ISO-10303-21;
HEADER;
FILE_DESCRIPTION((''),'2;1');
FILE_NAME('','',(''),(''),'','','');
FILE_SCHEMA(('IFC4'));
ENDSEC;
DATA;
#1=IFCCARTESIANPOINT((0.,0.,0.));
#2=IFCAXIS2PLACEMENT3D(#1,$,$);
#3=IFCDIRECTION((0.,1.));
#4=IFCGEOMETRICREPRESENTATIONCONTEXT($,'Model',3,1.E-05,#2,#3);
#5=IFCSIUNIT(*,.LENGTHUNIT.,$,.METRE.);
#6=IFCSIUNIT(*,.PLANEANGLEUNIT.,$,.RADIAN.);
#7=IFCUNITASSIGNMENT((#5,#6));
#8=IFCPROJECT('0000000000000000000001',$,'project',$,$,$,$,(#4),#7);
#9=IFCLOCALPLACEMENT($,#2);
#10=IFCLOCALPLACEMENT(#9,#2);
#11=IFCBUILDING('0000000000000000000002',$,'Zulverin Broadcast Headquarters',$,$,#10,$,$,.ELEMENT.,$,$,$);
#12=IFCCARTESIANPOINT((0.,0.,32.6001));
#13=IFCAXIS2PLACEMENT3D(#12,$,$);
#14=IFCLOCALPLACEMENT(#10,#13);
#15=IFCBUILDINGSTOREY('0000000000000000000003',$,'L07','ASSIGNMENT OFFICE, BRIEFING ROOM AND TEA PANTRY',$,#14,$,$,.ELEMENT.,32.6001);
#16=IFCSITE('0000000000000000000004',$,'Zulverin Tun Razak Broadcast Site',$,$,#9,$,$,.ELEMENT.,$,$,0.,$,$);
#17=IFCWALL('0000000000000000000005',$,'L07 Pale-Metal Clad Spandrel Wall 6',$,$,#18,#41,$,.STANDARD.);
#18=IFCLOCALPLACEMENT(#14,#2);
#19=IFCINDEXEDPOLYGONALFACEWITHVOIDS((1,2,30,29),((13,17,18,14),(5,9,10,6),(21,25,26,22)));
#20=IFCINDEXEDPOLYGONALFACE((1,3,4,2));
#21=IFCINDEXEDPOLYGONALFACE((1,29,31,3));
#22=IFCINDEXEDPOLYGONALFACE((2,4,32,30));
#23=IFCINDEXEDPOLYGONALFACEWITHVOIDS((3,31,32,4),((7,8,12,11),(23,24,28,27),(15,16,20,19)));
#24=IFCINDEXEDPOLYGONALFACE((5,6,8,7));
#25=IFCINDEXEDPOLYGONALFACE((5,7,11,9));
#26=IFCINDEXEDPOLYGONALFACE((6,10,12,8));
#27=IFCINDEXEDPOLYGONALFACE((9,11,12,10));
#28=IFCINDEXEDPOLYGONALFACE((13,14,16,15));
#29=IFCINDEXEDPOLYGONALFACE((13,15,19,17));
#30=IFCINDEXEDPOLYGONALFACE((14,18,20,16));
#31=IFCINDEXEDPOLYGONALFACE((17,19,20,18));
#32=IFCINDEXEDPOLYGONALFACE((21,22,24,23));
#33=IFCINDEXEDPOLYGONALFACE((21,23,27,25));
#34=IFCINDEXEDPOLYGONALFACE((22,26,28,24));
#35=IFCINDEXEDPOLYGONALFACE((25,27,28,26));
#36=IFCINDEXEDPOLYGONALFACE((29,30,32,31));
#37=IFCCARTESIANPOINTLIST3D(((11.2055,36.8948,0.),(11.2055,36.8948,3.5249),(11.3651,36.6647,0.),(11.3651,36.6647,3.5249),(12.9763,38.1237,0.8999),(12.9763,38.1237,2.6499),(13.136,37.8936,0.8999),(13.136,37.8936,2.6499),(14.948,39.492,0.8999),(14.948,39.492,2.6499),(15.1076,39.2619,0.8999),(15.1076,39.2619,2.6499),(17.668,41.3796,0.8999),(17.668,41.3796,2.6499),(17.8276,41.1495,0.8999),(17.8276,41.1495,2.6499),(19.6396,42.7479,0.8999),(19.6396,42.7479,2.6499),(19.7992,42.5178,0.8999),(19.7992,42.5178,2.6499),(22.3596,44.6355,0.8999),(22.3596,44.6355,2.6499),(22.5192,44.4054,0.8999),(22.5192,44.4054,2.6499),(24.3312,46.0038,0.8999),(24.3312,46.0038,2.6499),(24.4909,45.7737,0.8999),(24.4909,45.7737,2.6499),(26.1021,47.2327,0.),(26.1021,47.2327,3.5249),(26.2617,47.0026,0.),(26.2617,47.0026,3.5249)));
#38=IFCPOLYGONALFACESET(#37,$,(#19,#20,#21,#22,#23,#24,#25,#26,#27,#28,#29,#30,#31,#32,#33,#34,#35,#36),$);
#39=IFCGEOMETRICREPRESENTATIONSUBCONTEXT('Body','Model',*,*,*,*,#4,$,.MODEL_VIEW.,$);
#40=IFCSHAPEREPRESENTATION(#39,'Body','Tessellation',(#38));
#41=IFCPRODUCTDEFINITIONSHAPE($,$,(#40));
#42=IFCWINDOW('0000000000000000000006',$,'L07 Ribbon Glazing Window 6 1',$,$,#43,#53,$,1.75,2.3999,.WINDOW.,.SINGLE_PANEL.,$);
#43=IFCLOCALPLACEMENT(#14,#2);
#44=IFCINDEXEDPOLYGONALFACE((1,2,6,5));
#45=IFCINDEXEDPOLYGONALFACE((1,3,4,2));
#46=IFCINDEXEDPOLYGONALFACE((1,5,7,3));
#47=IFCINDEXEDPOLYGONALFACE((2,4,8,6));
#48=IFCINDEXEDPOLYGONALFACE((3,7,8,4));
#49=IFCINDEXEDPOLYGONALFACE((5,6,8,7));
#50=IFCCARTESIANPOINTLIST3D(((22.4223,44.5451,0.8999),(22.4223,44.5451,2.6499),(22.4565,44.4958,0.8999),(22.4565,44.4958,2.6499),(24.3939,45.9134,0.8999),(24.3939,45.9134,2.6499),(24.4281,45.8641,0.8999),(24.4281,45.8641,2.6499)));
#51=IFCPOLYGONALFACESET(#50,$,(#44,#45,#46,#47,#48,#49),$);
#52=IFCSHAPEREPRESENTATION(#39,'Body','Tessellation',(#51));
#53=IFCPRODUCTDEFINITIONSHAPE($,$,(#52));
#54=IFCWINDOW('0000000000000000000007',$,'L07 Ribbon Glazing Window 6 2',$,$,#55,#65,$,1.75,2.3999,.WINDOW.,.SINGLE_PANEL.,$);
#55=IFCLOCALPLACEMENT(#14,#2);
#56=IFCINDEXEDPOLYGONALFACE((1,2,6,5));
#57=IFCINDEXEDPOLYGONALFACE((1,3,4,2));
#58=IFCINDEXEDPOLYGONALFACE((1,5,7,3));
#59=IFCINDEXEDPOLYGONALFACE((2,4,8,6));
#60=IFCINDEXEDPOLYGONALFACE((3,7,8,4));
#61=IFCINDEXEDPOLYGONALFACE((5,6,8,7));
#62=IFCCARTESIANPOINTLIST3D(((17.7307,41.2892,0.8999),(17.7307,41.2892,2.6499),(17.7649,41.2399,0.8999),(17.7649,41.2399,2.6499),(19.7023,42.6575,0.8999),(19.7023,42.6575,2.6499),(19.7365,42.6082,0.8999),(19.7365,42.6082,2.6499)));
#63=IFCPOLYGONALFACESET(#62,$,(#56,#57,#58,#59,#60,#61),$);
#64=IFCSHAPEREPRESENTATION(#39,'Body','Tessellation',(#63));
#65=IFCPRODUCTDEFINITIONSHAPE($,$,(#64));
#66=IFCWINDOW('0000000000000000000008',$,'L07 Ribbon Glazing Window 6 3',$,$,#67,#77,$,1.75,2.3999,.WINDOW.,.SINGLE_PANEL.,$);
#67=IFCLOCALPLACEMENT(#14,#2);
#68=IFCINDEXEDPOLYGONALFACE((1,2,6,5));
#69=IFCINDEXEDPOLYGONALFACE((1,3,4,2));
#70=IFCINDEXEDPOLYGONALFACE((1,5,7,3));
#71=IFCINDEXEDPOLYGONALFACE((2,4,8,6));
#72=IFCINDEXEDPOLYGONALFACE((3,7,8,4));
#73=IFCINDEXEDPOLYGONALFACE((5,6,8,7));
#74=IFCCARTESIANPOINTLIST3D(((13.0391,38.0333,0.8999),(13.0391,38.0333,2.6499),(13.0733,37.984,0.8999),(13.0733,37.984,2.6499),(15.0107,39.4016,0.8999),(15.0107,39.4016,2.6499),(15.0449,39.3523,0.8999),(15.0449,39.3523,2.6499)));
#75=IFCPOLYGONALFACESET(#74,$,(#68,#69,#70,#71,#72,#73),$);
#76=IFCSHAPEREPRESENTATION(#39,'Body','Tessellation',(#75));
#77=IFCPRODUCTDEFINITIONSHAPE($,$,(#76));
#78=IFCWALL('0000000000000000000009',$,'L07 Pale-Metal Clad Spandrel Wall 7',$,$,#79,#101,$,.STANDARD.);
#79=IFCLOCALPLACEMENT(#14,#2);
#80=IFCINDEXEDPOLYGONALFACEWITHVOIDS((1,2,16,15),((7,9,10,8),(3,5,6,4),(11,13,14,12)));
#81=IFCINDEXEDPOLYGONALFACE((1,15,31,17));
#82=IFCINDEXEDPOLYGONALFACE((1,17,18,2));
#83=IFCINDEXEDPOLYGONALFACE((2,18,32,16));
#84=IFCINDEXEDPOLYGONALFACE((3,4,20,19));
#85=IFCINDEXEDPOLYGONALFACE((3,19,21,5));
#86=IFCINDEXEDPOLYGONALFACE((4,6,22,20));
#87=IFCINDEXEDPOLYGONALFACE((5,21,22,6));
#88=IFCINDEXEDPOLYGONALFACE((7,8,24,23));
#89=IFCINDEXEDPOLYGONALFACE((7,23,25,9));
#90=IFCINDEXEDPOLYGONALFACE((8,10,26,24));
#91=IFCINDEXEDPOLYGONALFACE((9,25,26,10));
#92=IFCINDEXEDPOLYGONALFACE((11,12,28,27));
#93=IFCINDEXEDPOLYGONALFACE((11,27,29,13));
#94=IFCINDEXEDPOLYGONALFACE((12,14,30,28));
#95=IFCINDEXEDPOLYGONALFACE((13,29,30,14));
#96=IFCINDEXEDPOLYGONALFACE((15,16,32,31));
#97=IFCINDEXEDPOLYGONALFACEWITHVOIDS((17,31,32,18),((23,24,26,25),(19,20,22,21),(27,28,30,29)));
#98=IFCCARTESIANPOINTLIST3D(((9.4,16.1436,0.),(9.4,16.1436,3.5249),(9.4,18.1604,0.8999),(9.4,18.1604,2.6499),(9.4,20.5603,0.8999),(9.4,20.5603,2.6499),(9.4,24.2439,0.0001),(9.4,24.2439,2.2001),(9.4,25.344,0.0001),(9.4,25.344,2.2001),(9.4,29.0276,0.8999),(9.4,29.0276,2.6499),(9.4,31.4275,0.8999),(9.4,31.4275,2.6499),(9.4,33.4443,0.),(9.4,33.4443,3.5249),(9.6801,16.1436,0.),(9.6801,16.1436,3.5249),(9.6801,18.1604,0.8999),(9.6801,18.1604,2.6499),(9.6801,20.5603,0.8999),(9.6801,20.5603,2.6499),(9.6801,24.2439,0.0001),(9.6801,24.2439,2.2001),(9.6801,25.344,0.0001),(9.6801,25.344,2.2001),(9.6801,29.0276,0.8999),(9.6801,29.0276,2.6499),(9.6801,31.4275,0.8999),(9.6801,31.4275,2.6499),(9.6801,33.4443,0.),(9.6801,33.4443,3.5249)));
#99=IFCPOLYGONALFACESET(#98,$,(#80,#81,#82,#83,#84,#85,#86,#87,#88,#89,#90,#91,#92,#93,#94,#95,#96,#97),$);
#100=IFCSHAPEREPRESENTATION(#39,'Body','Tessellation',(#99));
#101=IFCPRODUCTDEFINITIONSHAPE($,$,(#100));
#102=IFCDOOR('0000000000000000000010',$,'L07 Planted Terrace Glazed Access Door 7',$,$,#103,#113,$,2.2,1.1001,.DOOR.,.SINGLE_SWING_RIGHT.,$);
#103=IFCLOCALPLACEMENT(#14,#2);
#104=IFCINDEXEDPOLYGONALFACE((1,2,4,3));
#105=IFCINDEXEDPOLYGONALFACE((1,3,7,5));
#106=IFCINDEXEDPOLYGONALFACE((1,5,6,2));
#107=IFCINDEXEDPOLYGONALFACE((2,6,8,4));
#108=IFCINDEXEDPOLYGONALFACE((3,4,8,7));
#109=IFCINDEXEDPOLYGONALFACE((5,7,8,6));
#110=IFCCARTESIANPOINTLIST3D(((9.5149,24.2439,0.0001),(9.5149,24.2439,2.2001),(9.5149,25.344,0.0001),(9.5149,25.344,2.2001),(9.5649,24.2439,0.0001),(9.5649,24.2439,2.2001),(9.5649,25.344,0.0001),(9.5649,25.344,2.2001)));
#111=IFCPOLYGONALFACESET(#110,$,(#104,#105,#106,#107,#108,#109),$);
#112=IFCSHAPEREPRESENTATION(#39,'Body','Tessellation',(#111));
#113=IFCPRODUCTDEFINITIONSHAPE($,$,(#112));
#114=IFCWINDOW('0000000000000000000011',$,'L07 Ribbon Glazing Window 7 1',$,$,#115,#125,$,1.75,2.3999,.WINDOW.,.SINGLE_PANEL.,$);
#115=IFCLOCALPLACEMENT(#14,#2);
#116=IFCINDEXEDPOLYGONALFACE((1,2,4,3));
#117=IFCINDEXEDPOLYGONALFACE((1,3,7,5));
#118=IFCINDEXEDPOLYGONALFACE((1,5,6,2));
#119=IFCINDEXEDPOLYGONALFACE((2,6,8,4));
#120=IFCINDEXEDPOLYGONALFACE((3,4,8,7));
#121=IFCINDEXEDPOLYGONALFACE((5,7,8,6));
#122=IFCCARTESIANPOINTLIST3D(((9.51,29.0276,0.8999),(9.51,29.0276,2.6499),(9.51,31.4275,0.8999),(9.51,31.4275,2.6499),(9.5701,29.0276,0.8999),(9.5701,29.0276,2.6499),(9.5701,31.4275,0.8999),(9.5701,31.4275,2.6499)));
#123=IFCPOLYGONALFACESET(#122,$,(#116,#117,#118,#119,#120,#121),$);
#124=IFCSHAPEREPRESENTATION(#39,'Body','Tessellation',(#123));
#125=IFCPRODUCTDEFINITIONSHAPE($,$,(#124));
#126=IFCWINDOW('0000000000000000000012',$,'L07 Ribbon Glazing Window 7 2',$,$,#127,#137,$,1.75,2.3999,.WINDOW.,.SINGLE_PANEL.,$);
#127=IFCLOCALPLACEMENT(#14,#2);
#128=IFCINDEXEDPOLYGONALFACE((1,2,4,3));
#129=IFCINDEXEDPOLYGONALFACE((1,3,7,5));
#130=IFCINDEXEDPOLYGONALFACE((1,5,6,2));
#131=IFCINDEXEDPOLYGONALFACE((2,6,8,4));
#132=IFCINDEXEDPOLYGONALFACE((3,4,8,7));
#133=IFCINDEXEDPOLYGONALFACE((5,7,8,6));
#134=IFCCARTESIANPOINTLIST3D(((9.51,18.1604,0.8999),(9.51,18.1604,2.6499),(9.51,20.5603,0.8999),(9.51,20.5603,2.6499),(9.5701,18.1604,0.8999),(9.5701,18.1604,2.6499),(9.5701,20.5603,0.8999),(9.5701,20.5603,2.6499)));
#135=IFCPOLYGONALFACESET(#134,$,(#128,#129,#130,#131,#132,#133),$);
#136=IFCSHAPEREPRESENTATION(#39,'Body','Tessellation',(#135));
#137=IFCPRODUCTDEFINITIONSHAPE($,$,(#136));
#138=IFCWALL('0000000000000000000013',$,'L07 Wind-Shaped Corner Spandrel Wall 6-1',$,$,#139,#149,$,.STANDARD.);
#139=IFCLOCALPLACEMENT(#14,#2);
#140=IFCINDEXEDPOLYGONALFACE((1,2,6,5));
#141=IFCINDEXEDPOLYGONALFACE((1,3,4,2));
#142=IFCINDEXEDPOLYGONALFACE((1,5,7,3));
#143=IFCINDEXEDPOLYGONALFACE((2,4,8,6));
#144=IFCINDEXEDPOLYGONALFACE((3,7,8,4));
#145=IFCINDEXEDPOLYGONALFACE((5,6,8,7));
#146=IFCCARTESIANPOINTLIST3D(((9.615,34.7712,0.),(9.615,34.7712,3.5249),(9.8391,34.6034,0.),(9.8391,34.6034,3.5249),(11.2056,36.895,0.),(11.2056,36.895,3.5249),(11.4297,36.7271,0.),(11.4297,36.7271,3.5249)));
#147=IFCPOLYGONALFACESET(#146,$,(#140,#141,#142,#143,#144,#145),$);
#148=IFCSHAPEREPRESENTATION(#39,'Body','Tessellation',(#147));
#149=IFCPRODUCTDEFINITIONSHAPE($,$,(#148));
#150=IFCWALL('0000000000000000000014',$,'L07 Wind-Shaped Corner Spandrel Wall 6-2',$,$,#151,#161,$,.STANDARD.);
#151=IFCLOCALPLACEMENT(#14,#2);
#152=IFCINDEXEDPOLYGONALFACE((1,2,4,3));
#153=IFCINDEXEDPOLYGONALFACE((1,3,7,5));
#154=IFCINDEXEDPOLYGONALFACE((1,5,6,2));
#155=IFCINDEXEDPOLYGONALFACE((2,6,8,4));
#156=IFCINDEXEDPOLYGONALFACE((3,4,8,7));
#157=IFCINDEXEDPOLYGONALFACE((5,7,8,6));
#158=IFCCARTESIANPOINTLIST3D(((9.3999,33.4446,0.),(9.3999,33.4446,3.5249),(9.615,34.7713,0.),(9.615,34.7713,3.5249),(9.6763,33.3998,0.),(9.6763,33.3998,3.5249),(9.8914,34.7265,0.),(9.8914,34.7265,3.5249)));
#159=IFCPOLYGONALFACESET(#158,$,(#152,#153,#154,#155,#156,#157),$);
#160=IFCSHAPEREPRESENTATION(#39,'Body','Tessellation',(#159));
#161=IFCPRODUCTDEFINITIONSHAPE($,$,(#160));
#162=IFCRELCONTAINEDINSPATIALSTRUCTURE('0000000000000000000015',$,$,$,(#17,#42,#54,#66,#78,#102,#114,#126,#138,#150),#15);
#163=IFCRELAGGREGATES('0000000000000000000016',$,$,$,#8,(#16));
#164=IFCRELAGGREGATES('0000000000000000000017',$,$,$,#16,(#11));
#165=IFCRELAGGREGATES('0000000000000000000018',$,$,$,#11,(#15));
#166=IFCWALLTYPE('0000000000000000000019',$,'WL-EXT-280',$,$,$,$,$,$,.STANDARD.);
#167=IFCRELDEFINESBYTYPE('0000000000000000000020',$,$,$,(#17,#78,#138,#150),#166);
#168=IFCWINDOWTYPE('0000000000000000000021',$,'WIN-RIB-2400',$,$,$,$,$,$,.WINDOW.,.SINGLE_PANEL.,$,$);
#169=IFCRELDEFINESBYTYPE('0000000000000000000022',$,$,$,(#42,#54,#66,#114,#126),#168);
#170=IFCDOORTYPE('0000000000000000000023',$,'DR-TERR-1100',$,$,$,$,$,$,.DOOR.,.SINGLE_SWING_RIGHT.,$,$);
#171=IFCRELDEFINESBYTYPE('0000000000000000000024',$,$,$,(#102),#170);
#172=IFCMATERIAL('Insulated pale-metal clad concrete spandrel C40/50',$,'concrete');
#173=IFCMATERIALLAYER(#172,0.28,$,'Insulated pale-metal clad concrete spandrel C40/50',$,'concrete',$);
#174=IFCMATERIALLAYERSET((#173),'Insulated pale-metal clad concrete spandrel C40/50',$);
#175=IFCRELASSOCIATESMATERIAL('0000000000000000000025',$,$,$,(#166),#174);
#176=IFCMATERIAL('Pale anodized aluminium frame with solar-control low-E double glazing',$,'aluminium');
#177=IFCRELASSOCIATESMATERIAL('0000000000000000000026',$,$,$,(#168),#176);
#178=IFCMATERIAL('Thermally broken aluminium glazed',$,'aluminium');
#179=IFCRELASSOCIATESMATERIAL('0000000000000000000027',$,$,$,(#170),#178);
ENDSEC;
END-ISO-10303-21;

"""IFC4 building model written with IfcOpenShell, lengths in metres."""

from ifc_helpers import new_model, si_unit, direction, frame, frame_2d, origin, place, context, subcontext, project, spatial, rectangle, extrude, material, layer, layer_set, type_object, element, fill, save


model = new_model("IFC4")

# Units and contexts
model_context = context("Model", 3, precision=1e-05, world=origin(), true_north=direction((0.0, 1.0)))
body_context = subcontext(model_context, "Body", "Model", "MODEL_VIEW")
ifc_project = project(units=[si_unit("LENGTHUNIT", "METRE"), si_unit("PLANEANGLEUNIT", "RADIAN")], contexts=[model_context])

# Site, building, storey
site_placement = place(None, origin())
site = spatial("IfcSite", under=ifc_project, at=site_placement, Name="Zulverin Tun Razak Broadcast Site", CompositionType="ELEMENT", RefElevation=0.0)
building_placement = place(site_placement, origin())
building = spatial("IfcBuilding", under=site, at=building_placement, Name="Zulverin Broadcast Headquarters", CompositionType="ELEMENT")
storey_placement = place(building_placement, frame((0.0, 0.0, 32.6001)))
storey = spatial("IfcBuildingStorey", under=building, at=storey_placement, Name="L07", Description="ASSIGNMENT OFFICE, BRIEFING ROOM AND TEA PANTRY", CompositionType="ELEMENT", Elevation=32.6001)

# Wall, openings, windows
ifc_material_1 = material(Name="Insulated pale-metal clad concrete spandrel C40/50", Category="concrete")
ifc_layer_1 = layer(ifc_material_1, 0.28, Name="Insulated pale-metal clad concrete spandrel C40/50", Category="concrete")
ifc_layer_set_1 = layer_set([ifc_layer_1], Name="Insulated pale-metal clad concrete spandrel C40/50")
wall_type_1 = type_object("IfcWallType", Name="WL-EXT-280", PredefinedType="STANDARD", material=ifc_layer_set_1)
wall_1_placement = place(storey_placement, frame((26.1819, 47.1177, 0.0), z_axis=(0.0, 0.0, 1.0), x_axis=(-0.821548, -0.570139, 0.0)))
wall_1 = element("IfcWall", 1, at=wall_1_placement, inside=storey, type_object=wall_type_1, Name="L07 Pale-Metal Clad Spandrel Wall 6", PredefinedType="STANDARD", context=body_context, shape_type="SweptSolid", body=[
    extrude(rectangle(XDim=18.1323, YDim=0.28, at=frame_2d((9.0662, 0.0))), origin(), (0.0, 0.0, 1.0), 3.5249),
])
opening_1_placement = place(wall_1_placement, frame((2.1555, 0.0, 0.8999)))
opening_1 = element("IfcOpeningElement", 2, at=opening_1_placement, cuts=wall_1, PredefinedType="OPENING", context=body_context, shape_type="SweptSolid", body=[
    extrude(rectangle(XDim=2.3999, YDim=1.75, at=frame_2d((1.2, 0.875))), frame((0.0, 0.1499, 0.0), z_axis=(0.0, -1.0, 0.0), x_axis=(1.0, 0.0, 0.0)), (0.0, 0.0, 1.0), 0.3),
])
opening_2_placement = place(wall_1_placement, frame((7.8662, 0.0, 0.8999)))
opening_2 = element("IfcOpeningElement", 3, at=opening_2_placement, cuts=wall_1, PredefinedType="OPENING", context=body_context, shape_type="SweptSolid", body=[
    extrude(rectangle(XDim=2.3999, YDim=1.75, at=frame_2d((1.2, 0.875))), frame((0.0, 0.1499, 0.0), z_axis=(0.0, -1.0, 0.0), x_axis=(1.0, 0.0, 0.0)), (0.0, 0.0, 1.0), 0.3),
])
opening_3_placement = place(wall_1_placement, frame((13.5769, 0.0, 0.8999)))
opening_3 = element("IfcOpeningElement", 4, at=opening_3_placement, cuts=wall_1, PredefinedType="OPENING", context=body_context, shape_type="SweptSolid", body=[
    extrude(rectangle(XDim=2.3999, YDim=1.75, at=frame_2d((1.2, 0.875))), frame((0.0, 0.1499, 0.0), z_axis=(0.0, -1.0, 0.0), x_axis=(1.0, 0.0, 0.0)), (0.0, 0.0, 1.0), 0.3),
])
ifc_material_2 = material(Name="Pale anodized aluminium frame with solar-control low-E double glazing", Category="aluminium")
window_type = type_object("IfcWindowType", Name="WIN-RIB-2400", PartitioningType="SINGLE_PANEL", PredefinedType="WINDOW", material=ifc_material_2)
window_1_placement = place(opening_1_placement, origin())
window_1 = element("IfcWindow", 5, at=window_1_placement, inside=storey, type_object=window_type, Name="L07 Ribbon Glazing Window 6 1", OverallHeight=1.75, OverallWidth=2.3999, PartitioningType="SINGLE_PANEL", PredefinedType="WINDOW", context=body_context, shape_type="SweptSolid", body=[
    extrude(rectangle(XDim=2.3999, YDim=1.75, at=frame_2d((1.2, 0.875))), frame((0.0, 0.03, 0.0), z_axis=(0.0, -1.0, 0.0), x_axis=(1.0, 0.0, 0.0)), (0.0, 0.0, 1.0), 0.0601),
])
fill(opening_1, window_1)
window_2_placement = place(opening_2_placement, origin())
window_2 = element("IfcWindow", 6, at=window_2_placement, inside=storey, type_object=window_type, Name="L07 Ribbon Glazing Window 6 2", OverallHeight=1.75, OverallWidth=2.3999, PartitioningType="SINGLE_PANEL", PredefinedType="WINDOW", context=body_context, shape_type="SweptSolid", body=[
    extrude(rectangle(XDim=2.3999, YDim=1.75, at=frame_2d((1.2, 0.875))), frame((0.0, 0.03, 0.0), z_axis=(0.0, -1.0, 0.0), x_axis=(1.0, 0.0, 0.0)), (0.0, 0.0, 1.0), 0.0601),
])
fill(opening_2, window_2)
window_3_placement = place(opening_3_placement, origin())
window_3 = element("IfcWindow", 7, at=window_3_placement, inside=storey, type_object=window_type, Name="L07 Ribbon Glazing Window 6 3", OverallHeight=1.75, OverallWidth=2.3999, PartitioningType="SINGLE_PANEL", PredefinedType="WINDOW", context=body_context, shape_type="SweptSolid", body=[
    extrude(rectangle(XDim=2.3999, YDim=1.75, at=frame_2d((1.2, 0.875))), frame((0.0, 0.03, 0.0), z_axis=(0.0, -1.0, 0.0), x_axis=(1.0, 0.0, 0.0)), (0.0, 0.0, 1.0), 0.0601),
])
fill(opening_3, window_3)

# Wall, openings, door, windows
wall_2_placement = place(storey_placement, frame((9.54, 33.4443, 0.0), z_axis=(0.0, 0.0, 1.0), x_axis=(0.0, -1.0, 0.0)))
wall_2 = element("IfcWall", 8, at=wall_2_placement, inside=storey, type_object=wall_type_1, Name="L07 Pale-Metal Clad Spandrel Wall 7", PredefinedType="STANDARD", context=body_context, shape_type="SweptSolid", body=[
    extrude(rectangle(XDim=17.3008, YDim=0.28, at=frame_2d((8.6504, 0.0))), origin(), (0.0, 0.0, 1.0), 3.5249),
])
opening_4_placement = place(wall_2_placement, frame((8.1003, 0.0, 0.0)))
opening_4 = element("IfcOpeningElement", 9, at=opening_4_placement, cuts=wall_2, PredefinedType="OPENING", context=body_context, shape_type="SweptSolid", body=[
    extrude(rectangle(XDim=1.1001, YDim=2.2, at=frame_2d((0.55, 1.1001))), frame((0.0, 0.1499, 0.0), z_axis=(0.0, -1.0, 0.0), x_axis=(1.0, 0.0, 0.0)), (0.0, 0.0, 1.0), 0.3),
])
opening_5_placement = place(wall_2_placement, frame((2.0168, 0.0, 0.8999)))
opening_5 = element("IfcOpeningElement", 10, at=opening_5_placement, cuts=wall_2, PredefinedType="OPENING", context=body_context, shape_type="SweptSolid", body=[
    extrude(rectangle(XDim=2.3999, YDim=1.75, at=frame_2d((1.2, 0.875))), frame((0.0, 0.1499, 0.0), z_axis=(0.0, -1.0, 0.0), x_axis=(1.0, 0.0, 0.0)), (0.0, 0.0, 1.0), 0.3),
])
opening_6_placement = place(wall_2_placement, frame((12.884, 0.0, 0.8999)))
opening_6 = element("IfcOpeningElement", 11, at=opening_6_placement, cuts=wall_2, PredefinedType="OPENING", context=body_context, shape_type="SweptSolid", body=[
    extrude(rectangle(XDim=2.3999, YDim=1.75, at=frame_2d((1.2, 0.875))), frame((0.0, 0.1499, 0.0), z_axis=(0.0, -1.0, 0.0), x_axis=(1.0, 0.0, 0.0)), (0.0, 0.0, 1.0), 0.3),
])
ifc_material_3 = material(Name="Thermally broken aluminium glazed", Category="aluminium")
door_type_1 = type_object("IfcDoorType", Name="DR-TERR-1100", OperationType="SINGLE_SWING_RIGHT", PredefinedType="DOOR", material=ifc_material_3)
door_1_placement = place(opening_4_placement, origin())
door_1 = element("IfcDoor", 12, at=door_1_placement, inside=storey, type_object=door_type_1, Name="L07 Planted Terrace Glazed Access Door 7", OperationType="SINGLE_SWING_RIGHT", OverallHeight=2.2, OverallWidth=1.1001, PredefinedType="DOOR", context=body_context, shape_type="SweptSolid", body=[
    extrude(rectangle(XDim=1.1001, YDim=2.2, at=frame_2d((0.55, 1.1001))), frame((0.0, 0.0249, 0.0), z_axis=(0.0, -1.0, 0.0), x_axis=(1.0, 0.0, 0.0)), (0.0, 0.0, 1.0), 0.05),
])
fill(opening_4, door_1)
window_4_placement = place(opening_5_placement, origin())
window_4 = element("IfcWindow", 13, at=window_4_placement, inside=storey, type_object=window_type, Name="L07 Ribbon Glazing Window 7 1", OverallHeight=1.75, OverallWidth=2.3999, PartitioningType="SINGLE_PANEL", PredefinedType="WINDOW", context=body_context, shape_type="SweptSolid", body=[
    extrude(rectangle(XDim=2.3999, YDim=1.75, at=frame_2d((1.2, 0.875))), frame((0.0, 0.03, 0.0), z_axis=(0.0, -1.0, 0.0), x_axis=(1.0, 0.0, 0.0)), (0.0, 0.0, 1.0), 0.0601),
])
fill(opening_5, window_4)
window_5_placement = place(opening_6_placement, origin())
window_5 = element("IfcWindow", 14, at=window_5_placement, inside=storey, type_object=window_type, Name="L07 Ribbon Glazing Window 7 2", OverallHeight=1.75, OverallWidth=2.3999, PartitioningType="SINGLE_PANEL", PredefinedType="WINDOW", context=body_context, shape_type="SweptSolid", body=[
    extrude(rectangle(XDim=2.3999, YDim=1.75, at=frame_2d((1.2, 0.875))), frame((0.0, 0.03, 0.0), z_axis=(0.0, -1.0, 0.0), x_axis=(1.0, 0.0, 0.0)), (0.0, 0.0, 1.0), 0.0601),
])
fill(opening_6, window_5)

# Walls
wall_3_placement = place(storey_placement, frame((11.3176, 36.811, 0.0), z_axis=(0.0, 0.0, 1.0), x_axis=(-0.599455, -0.800408, 0.0)))
element("IfcWall", 15, at=wall_3_placement, inside=storey, type_object=wall_type_1, Name="L07 Wind-Shaped Corner Spandrel Wall 6-1", PredefinedType="STANDARD", context=body_context, shape_type="SweptSolid", body=[
    extrude(rectangle(XDim=2.6533, YDim=0.28, at=frame_2d((1.3267, 0.0))), origin(), (0.0, 0.0, 1.0), 3.5249),
])
wall_4_placement = place(storey_placement, frame((9.7532, 34.7488, 0.0), z_axis=(0.0, 0.0, 1.0), x_axis=(-0.160038, -0.987111, 0.0)))
element("IfcWall", 16, at=wall_4_placement, inside=storey, type_object=wall_type_1, Name="L07 Wind-Shaped Corner Spandrel Wall 6-2", PredefinedType="STANDARD", context=body_context, shape_type="SweptSolid", body=[
    extrude(rectangle(XDim=1.344, YDim=0.28, at=frame_2d((0.6719, 0.0))), origin(), (0.0, 0.0, 1.0), 3.5249),
])

save(model, "model.ifc")
